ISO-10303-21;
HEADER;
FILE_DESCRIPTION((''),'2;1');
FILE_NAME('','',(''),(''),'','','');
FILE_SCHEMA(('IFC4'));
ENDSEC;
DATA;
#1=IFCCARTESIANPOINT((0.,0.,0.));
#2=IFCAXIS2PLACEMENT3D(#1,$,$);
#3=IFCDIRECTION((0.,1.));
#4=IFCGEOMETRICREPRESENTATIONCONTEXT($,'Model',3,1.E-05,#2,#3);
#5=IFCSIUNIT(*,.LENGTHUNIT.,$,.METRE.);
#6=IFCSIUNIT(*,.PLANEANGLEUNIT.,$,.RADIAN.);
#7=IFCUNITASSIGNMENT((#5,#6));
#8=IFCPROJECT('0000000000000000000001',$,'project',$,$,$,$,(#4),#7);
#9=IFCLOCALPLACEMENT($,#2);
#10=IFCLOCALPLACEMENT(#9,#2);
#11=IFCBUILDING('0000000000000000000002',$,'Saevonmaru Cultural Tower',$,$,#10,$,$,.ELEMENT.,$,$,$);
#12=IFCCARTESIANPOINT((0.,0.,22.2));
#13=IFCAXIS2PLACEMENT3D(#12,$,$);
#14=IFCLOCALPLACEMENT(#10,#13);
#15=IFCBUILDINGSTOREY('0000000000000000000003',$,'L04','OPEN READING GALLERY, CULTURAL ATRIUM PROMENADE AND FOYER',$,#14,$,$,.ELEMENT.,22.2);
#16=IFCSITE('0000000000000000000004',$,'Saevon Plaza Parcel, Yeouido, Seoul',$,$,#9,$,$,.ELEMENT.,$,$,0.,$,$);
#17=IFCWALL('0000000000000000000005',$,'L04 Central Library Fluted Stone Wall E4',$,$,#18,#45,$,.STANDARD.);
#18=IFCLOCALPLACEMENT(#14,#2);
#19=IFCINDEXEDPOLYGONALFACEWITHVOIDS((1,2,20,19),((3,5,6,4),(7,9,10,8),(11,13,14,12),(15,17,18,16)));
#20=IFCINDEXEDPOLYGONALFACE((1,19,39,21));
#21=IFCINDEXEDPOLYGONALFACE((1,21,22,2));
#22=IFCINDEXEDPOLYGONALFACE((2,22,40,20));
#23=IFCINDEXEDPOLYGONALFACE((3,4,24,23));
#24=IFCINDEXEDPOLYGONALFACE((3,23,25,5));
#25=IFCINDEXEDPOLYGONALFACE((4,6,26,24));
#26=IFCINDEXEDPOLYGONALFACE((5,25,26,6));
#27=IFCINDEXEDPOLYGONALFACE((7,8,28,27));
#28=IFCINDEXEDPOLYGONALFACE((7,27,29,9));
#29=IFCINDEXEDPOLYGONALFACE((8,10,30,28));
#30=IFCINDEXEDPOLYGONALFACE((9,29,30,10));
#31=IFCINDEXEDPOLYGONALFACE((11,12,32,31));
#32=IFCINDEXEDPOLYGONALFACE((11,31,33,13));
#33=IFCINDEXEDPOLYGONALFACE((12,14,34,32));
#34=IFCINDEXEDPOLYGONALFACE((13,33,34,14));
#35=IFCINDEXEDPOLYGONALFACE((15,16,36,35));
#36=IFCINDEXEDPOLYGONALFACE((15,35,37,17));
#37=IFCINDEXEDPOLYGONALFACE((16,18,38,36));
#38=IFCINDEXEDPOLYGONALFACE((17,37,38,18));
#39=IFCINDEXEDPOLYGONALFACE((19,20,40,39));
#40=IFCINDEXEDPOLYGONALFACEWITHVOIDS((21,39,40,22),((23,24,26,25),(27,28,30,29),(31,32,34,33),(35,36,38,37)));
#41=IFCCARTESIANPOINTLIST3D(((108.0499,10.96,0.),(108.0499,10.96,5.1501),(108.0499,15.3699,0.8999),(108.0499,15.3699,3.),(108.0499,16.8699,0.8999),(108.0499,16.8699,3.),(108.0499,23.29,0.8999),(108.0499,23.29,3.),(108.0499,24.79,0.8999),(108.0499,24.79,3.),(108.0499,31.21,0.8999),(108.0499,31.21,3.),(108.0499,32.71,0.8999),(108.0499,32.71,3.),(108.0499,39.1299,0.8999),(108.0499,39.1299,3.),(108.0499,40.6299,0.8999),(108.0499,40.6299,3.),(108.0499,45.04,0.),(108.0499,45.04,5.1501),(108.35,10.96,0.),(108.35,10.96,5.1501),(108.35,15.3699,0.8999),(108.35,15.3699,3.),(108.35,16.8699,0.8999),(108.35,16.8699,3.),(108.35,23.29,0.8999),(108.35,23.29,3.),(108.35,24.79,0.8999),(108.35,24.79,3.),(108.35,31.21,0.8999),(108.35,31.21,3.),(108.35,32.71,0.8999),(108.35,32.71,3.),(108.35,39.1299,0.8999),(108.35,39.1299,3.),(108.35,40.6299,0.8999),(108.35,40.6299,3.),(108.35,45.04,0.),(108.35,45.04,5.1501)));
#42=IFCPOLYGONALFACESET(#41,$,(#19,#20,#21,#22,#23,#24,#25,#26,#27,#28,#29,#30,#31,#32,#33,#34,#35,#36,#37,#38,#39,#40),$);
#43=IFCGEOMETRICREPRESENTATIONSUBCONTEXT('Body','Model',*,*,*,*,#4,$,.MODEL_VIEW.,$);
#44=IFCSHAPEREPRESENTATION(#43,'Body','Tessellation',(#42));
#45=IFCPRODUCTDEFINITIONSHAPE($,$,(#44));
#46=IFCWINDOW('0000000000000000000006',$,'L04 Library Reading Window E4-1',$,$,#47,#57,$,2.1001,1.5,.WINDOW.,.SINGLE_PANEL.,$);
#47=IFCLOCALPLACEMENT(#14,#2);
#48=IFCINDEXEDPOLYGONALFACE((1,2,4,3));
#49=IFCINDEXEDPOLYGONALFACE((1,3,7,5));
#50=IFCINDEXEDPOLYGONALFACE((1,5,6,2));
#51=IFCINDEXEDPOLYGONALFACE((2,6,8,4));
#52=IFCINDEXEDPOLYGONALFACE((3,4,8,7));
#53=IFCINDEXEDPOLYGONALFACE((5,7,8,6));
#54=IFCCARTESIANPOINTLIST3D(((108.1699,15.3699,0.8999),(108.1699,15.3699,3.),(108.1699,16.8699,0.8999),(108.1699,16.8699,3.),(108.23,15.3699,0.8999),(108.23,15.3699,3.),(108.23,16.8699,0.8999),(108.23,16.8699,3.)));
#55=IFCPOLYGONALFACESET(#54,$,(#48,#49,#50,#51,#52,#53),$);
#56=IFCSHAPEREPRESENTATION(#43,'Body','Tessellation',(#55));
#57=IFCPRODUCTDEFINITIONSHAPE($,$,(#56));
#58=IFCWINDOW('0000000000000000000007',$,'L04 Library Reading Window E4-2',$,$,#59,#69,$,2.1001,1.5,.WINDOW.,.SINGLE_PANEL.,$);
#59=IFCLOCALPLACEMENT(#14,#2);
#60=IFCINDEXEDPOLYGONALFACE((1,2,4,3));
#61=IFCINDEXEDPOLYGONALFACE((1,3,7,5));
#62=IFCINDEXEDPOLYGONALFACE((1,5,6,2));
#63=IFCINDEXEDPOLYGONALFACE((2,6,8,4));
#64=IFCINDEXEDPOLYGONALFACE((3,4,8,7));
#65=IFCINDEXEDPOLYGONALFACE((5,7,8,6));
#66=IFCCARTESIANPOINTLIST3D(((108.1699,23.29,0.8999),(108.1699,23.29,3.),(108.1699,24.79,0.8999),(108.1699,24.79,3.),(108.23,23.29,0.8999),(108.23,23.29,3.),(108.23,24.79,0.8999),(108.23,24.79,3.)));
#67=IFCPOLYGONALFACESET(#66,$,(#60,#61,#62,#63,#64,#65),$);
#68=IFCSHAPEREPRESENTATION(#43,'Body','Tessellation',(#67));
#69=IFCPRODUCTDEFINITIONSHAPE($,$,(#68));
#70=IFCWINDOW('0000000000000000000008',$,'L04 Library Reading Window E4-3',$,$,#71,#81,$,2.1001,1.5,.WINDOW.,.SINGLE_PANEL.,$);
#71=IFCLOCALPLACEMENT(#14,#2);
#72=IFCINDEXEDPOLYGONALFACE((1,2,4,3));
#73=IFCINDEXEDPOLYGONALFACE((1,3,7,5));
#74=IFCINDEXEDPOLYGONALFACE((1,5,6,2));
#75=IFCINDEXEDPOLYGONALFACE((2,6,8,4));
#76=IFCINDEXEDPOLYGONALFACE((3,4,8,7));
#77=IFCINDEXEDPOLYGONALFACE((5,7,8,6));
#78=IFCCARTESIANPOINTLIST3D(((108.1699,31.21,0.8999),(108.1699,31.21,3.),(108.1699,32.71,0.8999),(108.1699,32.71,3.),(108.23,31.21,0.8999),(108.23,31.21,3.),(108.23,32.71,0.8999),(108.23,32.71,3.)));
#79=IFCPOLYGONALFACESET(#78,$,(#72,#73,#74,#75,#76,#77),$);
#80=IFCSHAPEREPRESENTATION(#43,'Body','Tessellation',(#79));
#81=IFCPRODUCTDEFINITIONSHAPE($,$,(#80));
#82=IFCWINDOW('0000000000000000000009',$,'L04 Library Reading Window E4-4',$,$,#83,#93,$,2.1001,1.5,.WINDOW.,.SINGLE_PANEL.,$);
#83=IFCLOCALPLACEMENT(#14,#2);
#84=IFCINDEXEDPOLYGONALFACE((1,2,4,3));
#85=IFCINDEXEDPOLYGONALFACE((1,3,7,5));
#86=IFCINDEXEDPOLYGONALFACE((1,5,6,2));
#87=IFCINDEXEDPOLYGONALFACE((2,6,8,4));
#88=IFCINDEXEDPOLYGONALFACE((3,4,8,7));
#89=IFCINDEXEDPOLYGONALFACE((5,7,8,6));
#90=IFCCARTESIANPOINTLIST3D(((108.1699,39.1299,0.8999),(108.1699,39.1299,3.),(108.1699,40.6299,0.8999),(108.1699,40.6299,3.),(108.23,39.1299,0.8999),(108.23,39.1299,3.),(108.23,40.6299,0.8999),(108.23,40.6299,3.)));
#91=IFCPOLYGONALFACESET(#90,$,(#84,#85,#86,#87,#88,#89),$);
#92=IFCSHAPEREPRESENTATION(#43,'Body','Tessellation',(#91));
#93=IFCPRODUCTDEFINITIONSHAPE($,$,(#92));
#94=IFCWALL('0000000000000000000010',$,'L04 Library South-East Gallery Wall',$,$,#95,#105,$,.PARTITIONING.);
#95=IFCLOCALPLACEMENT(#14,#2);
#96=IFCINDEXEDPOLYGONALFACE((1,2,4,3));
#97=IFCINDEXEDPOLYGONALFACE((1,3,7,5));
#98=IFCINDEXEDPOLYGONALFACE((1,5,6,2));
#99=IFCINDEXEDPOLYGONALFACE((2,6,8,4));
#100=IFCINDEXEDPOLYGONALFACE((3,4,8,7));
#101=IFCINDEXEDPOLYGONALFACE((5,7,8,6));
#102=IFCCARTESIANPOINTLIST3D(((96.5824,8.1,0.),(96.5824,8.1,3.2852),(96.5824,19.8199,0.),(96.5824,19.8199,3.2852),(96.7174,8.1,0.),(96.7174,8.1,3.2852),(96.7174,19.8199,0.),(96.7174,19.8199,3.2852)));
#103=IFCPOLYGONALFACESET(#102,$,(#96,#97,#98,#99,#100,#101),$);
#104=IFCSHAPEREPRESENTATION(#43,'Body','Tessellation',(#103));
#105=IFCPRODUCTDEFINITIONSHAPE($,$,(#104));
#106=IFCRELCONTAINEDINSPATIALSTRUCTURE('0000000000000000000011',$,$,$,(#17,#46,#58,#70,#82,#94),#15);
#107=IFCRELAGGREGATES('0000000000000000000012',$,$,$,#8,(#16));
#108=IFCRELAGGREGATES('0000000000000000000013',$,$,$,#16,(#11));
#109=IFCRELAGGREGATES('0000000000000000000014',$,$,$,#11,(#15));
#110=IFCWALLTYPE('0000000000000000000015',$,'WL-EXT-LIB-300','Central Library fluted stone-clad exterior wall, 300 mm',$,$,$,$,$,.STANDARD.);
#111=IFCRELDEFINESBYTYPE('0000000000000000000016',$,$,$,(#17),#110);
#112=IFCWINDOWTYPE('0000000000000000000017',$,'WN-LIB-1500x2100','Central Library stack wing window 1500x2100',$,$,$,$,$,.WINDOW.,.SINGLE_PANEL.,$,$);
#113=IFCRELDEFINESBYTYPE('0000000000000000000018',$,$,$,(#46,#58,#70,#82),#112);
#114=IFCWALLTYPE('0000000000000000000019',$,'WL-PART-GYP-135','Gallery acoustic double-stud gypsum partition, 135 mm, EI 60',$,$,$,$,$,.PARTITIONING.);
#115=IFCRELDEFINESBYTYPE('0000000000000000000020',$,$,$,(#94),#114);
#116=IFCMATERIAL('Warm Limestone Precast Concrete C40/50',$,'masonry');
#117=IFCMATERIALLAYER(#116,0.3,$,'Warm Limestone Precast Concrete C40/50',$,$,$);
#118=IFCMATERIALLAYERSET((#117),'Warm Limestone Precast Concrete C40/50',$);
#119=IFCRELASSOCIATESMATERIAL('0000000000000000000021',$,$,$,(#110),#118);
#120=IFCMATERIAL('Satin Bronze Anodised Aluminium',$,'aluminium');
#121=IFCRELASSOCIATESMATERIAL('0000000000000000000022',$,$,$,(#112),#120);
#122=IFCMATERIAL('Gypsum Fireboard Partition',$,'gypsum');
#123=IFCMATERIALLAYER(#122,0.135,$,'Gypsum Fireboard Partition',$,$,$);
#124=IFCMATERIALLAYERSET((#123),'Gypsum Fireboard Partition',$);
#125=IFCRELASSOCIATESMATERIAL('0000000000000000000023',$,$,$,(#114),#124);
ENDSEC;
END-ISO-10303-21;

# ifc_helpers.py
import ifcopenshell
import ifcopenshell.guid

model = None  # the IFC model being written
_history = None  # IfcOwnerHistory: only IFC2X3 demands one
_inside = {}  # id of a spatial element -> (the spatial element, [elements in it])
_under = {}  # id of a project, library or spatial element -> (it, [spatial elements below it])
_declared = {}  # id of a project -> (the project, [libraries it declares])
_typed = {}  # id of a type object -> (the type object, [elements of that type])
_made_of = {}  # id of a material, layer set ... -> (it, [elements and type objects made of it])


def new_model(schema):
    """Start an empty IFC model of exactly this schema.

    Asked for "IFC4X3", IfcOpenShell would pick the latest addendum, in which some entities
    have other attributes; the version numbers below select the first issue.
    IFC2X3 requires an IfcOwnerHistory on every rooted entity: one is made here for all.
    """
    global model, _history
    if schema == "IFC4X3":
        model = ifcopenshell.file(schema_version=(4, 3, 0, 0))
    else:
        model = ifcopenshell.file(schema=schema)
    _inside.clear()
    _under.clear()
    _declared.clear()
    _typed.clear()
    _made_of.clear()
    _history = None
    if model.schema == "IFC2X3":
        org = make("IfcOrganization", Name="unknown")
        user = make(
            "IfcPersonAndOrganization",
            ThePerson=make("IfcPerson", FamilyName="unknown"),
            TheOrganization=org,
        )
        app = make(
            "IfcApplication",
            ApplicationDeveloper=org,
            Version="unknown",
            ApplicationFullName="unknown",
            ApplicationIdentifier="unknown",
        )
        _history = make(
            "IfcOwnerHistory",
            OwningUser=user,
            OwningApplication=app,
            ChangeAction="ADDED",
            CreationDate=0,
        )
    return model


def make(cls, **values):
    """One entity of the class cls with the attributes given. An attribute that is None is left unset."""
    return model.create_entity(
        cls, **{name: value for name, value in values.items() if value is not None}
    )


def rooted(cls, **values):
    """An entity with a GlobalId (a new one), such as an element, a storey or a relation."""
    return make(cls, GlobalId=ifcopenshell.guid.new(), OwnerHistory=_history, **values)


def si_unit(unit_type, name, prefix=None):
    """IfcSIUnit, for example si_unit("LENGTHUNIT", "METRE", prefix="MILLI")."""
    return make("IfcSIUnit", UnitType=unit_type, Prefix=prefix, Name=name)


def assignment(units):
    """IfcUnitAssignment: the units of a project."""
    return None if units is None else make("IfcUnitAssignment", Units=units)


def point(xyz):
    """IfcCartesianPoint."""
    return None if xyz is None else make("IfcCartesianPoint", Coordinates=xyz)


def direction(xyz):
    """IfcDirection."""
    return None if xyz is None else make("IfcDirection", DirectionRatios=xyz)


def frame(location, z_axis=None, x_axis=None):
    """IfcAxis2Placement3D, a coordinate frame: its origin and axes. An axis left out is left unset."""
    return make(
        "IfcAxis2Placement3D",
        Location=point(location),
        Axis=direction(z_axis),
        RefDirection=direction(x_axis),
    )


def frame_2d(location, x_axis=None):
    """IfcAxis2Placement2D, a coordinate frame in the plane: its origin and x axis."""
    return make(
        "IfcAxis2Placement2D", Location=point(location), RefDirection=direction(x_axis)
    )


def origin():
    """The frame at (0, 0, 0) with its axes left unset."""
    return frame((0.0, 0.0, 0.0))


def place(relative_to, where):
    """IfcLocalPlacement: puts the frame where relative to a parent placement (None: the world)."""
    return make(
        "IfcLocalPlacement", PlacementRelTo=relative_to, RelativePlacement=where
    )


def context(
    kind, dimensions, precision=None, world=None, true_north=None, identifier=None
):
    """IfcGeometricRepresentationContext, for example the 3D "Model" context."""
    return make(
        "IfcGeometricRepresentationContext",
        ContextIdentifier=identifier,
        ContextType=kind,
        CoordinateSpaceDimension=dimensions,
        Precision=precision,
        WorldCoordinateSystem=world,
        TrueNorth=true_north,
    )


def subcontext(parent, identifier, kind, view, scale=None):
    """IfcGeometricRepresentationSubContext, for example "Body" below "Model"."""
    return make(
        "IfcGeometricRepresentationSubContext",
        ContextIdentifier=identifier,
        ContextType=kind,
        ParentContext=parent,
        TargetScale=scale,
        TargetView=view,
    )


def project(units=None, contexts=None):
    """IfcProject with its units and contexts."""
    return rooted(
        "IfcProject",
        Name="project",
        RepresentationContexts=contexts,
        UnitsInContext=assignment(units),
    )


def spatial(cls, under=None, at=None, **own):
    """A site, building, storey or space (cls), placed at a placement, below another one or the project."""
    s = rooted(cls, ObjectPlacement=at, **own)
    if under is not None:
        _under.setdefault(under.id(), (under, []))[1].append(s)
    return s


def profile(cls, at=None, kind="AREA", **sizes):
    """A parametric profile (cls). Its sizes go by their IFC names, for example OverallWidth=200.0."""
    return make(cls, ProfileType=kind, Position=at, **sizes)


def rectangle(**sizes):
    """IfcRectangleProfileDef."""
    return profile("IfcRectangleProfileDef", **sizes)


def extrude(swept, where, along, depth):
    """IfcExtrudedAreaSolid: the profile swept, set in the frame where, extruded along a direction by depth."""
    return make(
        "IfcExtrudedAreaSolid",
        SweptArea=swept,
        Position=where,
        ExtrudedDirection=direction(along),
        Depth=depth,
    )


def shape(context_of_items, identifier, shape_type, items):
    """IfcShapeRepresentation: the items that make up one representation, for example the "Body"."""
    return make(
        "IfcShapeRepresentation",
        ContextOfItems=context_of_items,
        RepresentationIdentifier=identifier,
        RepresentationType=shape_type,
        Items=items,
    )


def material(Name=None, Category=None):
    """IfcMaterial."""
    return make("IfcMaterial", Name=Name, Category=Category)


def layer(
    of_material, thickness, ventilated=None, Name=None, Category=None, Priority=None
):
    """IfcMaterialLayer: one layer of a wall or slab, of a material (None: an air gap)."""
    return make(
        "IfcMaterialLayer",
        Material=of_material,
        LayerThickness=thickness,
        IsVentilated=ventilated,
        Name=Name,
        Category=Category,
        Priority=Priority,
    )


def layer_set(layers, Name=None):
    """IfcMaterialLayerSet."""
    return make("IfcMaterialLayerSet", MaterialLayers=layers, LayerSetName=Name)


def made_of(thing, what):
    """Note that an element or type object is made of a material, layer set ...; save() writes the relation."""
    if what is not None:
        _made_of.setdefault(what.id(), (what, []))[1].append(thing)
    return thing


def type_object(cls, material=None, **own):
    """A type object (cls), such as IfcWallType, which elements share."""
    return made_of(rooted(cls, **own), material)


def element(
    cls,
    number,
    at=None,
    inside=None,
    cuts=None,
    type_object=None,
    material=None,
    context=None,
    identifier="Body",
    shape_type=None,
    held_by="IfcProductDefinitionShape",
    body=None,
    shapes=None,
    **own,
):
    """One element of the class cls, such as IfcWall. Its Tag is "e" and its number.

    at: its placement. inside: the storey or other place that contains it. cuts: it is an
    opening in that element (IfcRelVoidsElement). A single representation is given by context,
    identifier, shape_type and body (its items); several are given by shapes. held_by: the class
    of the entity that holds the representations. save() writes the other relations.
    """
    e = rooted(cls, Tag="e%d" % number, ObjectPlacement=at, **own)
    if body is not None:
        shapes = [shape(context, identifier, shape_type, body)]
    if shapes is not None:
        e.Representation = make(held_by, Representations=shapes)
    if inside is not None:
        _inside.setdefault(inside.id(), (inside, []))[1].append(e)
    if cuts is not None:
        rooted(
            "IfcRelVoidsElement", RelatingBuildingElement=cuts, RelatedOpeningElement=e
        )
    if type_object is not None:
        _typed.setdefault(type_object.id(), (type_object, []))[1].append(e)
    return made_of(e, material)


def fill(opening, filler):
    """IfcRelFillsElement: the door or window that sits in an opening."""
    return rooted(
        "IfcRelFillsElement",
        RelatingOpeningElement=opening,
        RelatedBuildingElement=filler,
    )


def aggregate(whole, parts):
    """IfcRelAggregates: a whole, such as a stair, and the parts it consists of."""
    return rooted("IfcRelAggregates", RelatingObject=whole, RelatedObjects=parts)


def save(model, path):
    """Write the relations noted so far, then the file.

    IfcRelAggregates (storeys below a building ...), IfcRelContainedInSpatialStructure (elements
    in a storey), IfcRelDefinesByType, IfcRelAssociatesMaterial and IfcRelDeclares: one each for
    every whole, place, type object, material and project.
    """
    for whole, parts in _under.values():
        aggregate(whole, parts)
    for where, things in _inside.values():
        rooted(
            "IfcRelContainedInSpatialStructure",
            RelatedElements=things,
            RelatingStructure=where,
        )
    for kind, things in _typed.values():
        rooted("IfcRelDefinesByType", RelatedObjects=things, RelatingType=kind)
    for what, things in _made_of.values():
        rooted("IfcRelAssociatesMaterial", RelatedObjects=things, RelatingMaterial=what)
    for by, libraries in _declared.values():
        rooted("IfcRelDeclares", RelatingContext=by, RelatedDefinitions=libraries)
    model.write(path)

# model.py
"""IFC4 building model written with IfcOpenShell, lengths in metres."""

from ifc_helpers import new_model, si_unit, direction, frame, frame_2d, origin, place, context, subcontext, project, spatial, rectangle, extrude, material, layer, layer_set, type_object, element, fill, save


model = new_model("IFC4")

# Units and contexts
model_context = context("Model", 3, precision=1e-05, world=origin(), true_north=direction((0.0, 1.0)))
body_context = subcontext(model_context, "Body", "Model", "MODEL_VIEW")
ifc_project = project(units=[si_unit("LENGTHUNIT", "METRE"), si_unit("PLANEANGLEUNIT", "RADIAN")], contexts=[model_context])

# Site, building, storey
site_placement = place(None, origin())
site = spatial("IfcSite", under=ifc_project, at=site_placement, Name="Saevon Plaza Parcel, Yeouido, Seoul", CompositionType="ELEMENT", RefElevation=0.0)
building_placement = place(site_placement, origin())
building = spatial("IfcBuilding", under=site, at=building_placement, Name="Saevonmaru Cultural Tower", CompositionType="ELEMENT")
storey_placement = place(building_placement, frame((0.0, 0.0, 22.2)))
storey = spatial("IfcBuildingStorey", under=building, at=storey_placement, Name="L04", Description="OPEN READING GALLERY, CULTURAL ATRIUM PROMENADE AND FOYER", CompositionType="ELEMENT", Elevation=22.2)

# Shared definitions
ifc_material_1 = material(Name="Satin Bronze Anodised Aluminium", Category="aluminium")

# Shared definitions
ifc_material_2 = material(Name="Warm Limestone Precast Concrete C40/50", Category="masonry")
ifc_layer_1 = layer(ifc_material_2, 0.3, Name="Warm Limestone Precast Concrete C40/50")
ifc_layer_set_1 = layer_set([ifc_layer_1], Name="Warm Limestone Precast Concrete C40/50")
wall_type_1 = type_object("IfcWallType", Name="WL-EXT-LIB-300", Description="Central Library fluted stone-clad exterior wall, 300 mm", PredefinedType="STANDARD", material=ifc_layer_set_1)

# Wall, openings, windows
wall_1_placement = place(storey_placement, frame((108.2, 10.96, 0.0), z_axis=(0.0, 0.0, 1.0), x_axis=(0.0, 1.0, 0.0)))
wall_1 = element("IfcWall", 1, at=wall_1_placement, inside=storey, type_object=wall_type_1, Name="L04 Central Library Fluted Stone Wall E4", PredefinedType="STANDARD", context=body_context, shape_type="SweptSolid", body=[
    extrude(rectangle(XDim=34.0801, YDim=0.3, at=frame_2d((17.04, 0.0))), origin(), (0.0, 0.0, 1.0), 5.1501),
])
opening_1_placement = place(wall_1_placement, frame((4.4099, 0.0, 0.8999)))
opening_1 = element("IfcOpeningElement", 2, at=opening_1_placement, cuts=wall_1, PredefinedType="OPENING", context=body_context, shape_type="SweptSolid", body=[
    extrude(rectangle(XDim=1.5, YDim=2.1001, at=frame_2d((0.75, 1.05))), frame((0.0, 0.1602, 0.0), z_axis=(0.0, -1.0, 0.0), x_axis=(1.0, 0.0, 0.0)), (0.0, 0.0, 1.0), 0.3201),
])
opening_2_placement = place(wall_1_placement, frame((12.3301, 0.0, 0.8999)))
opening_2 = element("IfcOpeningElement", 3, at=opening_2_placement, cuts=wall_1, PredefinedType="OPENING", context=body_context, shape_type="SweptSolid", body=[
    extrude(rectangle(XDim=1.5, YDim=2.1001, at=frame_2d((0.75, 1.05))), frame((0.0, 0.1602, 0.0), z_axis=(0.0, -1.0, 0.0), x_axis=(1.0, 0.0, 0.0)), (0.0, 0.0, 1.0), 0.3201),
])
opening_3_placement = place(wall_1_placement, frame((20.25, 0.0, 0.8999)))
opening_3 = element("IfcOpeningElement", 4, at=opening_3_placement, cuts=wall_1, PredefinedType="OPENING", context=body_context, shape_type="SweptSolid", body=[
    extrude(rectangle(XDim=1.5, YDim=2.1001, at=frame_2d((0.75, 1.05))), frame((0.0, 0.1602, 0.0), z_axis=(0.0, -1.0, 0.0), x_axis=(1.0, 0.0, 0.0)), (0.0, 0.0, 1.0), 0.3201),
])
opening_4_placement = place(wall_1_placement, frame((28.1699, 0.0, 0.8999)))
opening_4 = element("IfcOpeningElement", 5, at=opening_4_placement, cuts=wall_1, PredefinedType="OPENING", context=body_context, shape_type="SweptSolid", body=[
    extrude(rectangle(XDim=1.5, YDim=2.1001, at=frame_2d((0.75, 1.05))), frame((0.0, 0.1602, 0.0), z_axis=(0.0, -1.0, 0.0), x_axis=(1.0, 0.0, 0.0)), (0.0, 0.0, 1.0), 0.3201),
])
window_type = type_object("IfcWindowType", Name="WN-LIB-1500x2100", Description="Central Library stack wing window 1500x2100", PartitioningType="SINGLE_PANEL", PredefinedType="WINDOW", material=ifc_material_1)
window_1_placement = place(opening_1_placement, origin())
window_1 = element("IfcWindow", 6, at=window_1_placement, inside=storey, type_object=window_type, Name="L04 Library Reading Window E4-1", OverallHeight=2.1001, OverallWidth=1.5, PartitioningType="SINGLE_PANEL", PredefinedType="WINDOW", context=body_context, shape_type="SweptSolid", body=[
    extrude(rectangle(XDim=1.5, YDim=2.1001, at=frame_2d((0.75, 1.05))), frame((0.0, 0.03, 0.0), z_axis=(0.0, -1.0, 0.0), x_axis=(1.0, 0.0, 0.0)), (0.0, 0.0, 1.0), 0.0601),
])
fill(opening_1, window_1)
window_2_placement = place(opening_2_placement, origin())
window_2 = element("IfcWindow", 7, at=window_2_placement, inside=storey, type_object=window_type, Name="L04 Library Reading Window E4-2", OverallHeight=2.1001, OverallWidth=1.5, PartitioningType="SINGLE_PANEL", PredefinedType="WINDOW", context=body_context, shape_type="SweptSolid", body=[
    extrude(rectangle(XDim=1.5, YDim=2.1001, at=frame_2d((0.75, 1.05))), frame((0.0, 0.03, 0.0), z_axis=(0.0, -1.0, 0.0), x_axis=(1.0, 0.0, 0.0)), (0.0, 0.0, 1.0), 0.0601),
])
fill(opening_2, window_2)
window_3_placement = place(opening_3_placement, origin())
window_3 = element("IfcWindow", 8, at=window_3_placement, inside=storey, type_object=window_type, Name="L04 Library Reading Window E4-3", OverallHeight=2.1001, OverallWidth=1.5, PartitioningType="SINGLE_PANEL", PredefinedType="WINDOW", context=body_context, shape_type="SweptSolid", body=[
    extrude(rectangle(XDim=1.5, YDim=2.1001, at=frame_2d((0.75, 1.05))), frame((0.0, 0.03, 0.0), z_axis=(0.0, -1.0, 0.0), x_axis=(1.0, 0.0, 0.0)), (0.0, 0.0, 1.0), 0.0601),
])
fill(opening_3, window_3)
window_4_placement = place(opening_4_placement, origin())
window_4 = element("IfcWindow", 9, at=window_4_placement, inside=storey, type_object=window_type, Name="L04 Library Reading Window E4-4", OverallHeight=2.1001, OverallWidth=1.5, PartitioningType="SINGLE_PANEL", PredefinedType="WINDOW", context=body_context, shape_type="SweptSolid", body=[
    extrude(rectangle(XDim=1.5, YDim=2.1001, at=frame_2d((0.75, 1.05))), frame((0.0, 0.03, 0.0), z_axis=(0.0, -1.0, 0.0), x_axis=(1.0, 0.0, 0.0)), (0.0, 0.0, 1.0), 0.0601),
])
fill(opening_4, window_4)

# Wall
ifc_material_3 = material(Name="Gypsum Fireboard Partition", Category="gypsum")
ifc_layer_2 = layer(ifc_material_3, 0.135, Name="Gypsum Fireboard Partition")
ifc_layer_set_2 = layer_set([ifc_layer_2], Name="Gypsum Fireboard Partition")
wall_type_2 = type_object("IfcWallType", Name="WL-PART-GYP-135", Description="Gallery acoustic double-stud gypsum partition, 135 mm, EI 60", PredefinedType="PARTITIONING", material=ifc_layer_set_2)
wall_2_placement = place(storey_placement, frame((96.6499, 8.1001, 0.0), z_axis=(0.0, 0.0, 1.0), x_axis=(0.0, 1.0, 0.0)))
element("IfcWall", 10, at=wall_2_placement, inside=storey, type_object=wall_type_2, Name="L04 Library South-East Gallery Wall", PredefinedType="PARTITIONING", context=body_context, shape_type="SweptSolid", body=[
    extrude(rectangle(XDim=11.72, YDim=0.135, at=frame_2d((5.8599, 0.0))), origin(), (0.0, 0.0, 1.0), 3.2852),
])

save(model, "model.ifc")
